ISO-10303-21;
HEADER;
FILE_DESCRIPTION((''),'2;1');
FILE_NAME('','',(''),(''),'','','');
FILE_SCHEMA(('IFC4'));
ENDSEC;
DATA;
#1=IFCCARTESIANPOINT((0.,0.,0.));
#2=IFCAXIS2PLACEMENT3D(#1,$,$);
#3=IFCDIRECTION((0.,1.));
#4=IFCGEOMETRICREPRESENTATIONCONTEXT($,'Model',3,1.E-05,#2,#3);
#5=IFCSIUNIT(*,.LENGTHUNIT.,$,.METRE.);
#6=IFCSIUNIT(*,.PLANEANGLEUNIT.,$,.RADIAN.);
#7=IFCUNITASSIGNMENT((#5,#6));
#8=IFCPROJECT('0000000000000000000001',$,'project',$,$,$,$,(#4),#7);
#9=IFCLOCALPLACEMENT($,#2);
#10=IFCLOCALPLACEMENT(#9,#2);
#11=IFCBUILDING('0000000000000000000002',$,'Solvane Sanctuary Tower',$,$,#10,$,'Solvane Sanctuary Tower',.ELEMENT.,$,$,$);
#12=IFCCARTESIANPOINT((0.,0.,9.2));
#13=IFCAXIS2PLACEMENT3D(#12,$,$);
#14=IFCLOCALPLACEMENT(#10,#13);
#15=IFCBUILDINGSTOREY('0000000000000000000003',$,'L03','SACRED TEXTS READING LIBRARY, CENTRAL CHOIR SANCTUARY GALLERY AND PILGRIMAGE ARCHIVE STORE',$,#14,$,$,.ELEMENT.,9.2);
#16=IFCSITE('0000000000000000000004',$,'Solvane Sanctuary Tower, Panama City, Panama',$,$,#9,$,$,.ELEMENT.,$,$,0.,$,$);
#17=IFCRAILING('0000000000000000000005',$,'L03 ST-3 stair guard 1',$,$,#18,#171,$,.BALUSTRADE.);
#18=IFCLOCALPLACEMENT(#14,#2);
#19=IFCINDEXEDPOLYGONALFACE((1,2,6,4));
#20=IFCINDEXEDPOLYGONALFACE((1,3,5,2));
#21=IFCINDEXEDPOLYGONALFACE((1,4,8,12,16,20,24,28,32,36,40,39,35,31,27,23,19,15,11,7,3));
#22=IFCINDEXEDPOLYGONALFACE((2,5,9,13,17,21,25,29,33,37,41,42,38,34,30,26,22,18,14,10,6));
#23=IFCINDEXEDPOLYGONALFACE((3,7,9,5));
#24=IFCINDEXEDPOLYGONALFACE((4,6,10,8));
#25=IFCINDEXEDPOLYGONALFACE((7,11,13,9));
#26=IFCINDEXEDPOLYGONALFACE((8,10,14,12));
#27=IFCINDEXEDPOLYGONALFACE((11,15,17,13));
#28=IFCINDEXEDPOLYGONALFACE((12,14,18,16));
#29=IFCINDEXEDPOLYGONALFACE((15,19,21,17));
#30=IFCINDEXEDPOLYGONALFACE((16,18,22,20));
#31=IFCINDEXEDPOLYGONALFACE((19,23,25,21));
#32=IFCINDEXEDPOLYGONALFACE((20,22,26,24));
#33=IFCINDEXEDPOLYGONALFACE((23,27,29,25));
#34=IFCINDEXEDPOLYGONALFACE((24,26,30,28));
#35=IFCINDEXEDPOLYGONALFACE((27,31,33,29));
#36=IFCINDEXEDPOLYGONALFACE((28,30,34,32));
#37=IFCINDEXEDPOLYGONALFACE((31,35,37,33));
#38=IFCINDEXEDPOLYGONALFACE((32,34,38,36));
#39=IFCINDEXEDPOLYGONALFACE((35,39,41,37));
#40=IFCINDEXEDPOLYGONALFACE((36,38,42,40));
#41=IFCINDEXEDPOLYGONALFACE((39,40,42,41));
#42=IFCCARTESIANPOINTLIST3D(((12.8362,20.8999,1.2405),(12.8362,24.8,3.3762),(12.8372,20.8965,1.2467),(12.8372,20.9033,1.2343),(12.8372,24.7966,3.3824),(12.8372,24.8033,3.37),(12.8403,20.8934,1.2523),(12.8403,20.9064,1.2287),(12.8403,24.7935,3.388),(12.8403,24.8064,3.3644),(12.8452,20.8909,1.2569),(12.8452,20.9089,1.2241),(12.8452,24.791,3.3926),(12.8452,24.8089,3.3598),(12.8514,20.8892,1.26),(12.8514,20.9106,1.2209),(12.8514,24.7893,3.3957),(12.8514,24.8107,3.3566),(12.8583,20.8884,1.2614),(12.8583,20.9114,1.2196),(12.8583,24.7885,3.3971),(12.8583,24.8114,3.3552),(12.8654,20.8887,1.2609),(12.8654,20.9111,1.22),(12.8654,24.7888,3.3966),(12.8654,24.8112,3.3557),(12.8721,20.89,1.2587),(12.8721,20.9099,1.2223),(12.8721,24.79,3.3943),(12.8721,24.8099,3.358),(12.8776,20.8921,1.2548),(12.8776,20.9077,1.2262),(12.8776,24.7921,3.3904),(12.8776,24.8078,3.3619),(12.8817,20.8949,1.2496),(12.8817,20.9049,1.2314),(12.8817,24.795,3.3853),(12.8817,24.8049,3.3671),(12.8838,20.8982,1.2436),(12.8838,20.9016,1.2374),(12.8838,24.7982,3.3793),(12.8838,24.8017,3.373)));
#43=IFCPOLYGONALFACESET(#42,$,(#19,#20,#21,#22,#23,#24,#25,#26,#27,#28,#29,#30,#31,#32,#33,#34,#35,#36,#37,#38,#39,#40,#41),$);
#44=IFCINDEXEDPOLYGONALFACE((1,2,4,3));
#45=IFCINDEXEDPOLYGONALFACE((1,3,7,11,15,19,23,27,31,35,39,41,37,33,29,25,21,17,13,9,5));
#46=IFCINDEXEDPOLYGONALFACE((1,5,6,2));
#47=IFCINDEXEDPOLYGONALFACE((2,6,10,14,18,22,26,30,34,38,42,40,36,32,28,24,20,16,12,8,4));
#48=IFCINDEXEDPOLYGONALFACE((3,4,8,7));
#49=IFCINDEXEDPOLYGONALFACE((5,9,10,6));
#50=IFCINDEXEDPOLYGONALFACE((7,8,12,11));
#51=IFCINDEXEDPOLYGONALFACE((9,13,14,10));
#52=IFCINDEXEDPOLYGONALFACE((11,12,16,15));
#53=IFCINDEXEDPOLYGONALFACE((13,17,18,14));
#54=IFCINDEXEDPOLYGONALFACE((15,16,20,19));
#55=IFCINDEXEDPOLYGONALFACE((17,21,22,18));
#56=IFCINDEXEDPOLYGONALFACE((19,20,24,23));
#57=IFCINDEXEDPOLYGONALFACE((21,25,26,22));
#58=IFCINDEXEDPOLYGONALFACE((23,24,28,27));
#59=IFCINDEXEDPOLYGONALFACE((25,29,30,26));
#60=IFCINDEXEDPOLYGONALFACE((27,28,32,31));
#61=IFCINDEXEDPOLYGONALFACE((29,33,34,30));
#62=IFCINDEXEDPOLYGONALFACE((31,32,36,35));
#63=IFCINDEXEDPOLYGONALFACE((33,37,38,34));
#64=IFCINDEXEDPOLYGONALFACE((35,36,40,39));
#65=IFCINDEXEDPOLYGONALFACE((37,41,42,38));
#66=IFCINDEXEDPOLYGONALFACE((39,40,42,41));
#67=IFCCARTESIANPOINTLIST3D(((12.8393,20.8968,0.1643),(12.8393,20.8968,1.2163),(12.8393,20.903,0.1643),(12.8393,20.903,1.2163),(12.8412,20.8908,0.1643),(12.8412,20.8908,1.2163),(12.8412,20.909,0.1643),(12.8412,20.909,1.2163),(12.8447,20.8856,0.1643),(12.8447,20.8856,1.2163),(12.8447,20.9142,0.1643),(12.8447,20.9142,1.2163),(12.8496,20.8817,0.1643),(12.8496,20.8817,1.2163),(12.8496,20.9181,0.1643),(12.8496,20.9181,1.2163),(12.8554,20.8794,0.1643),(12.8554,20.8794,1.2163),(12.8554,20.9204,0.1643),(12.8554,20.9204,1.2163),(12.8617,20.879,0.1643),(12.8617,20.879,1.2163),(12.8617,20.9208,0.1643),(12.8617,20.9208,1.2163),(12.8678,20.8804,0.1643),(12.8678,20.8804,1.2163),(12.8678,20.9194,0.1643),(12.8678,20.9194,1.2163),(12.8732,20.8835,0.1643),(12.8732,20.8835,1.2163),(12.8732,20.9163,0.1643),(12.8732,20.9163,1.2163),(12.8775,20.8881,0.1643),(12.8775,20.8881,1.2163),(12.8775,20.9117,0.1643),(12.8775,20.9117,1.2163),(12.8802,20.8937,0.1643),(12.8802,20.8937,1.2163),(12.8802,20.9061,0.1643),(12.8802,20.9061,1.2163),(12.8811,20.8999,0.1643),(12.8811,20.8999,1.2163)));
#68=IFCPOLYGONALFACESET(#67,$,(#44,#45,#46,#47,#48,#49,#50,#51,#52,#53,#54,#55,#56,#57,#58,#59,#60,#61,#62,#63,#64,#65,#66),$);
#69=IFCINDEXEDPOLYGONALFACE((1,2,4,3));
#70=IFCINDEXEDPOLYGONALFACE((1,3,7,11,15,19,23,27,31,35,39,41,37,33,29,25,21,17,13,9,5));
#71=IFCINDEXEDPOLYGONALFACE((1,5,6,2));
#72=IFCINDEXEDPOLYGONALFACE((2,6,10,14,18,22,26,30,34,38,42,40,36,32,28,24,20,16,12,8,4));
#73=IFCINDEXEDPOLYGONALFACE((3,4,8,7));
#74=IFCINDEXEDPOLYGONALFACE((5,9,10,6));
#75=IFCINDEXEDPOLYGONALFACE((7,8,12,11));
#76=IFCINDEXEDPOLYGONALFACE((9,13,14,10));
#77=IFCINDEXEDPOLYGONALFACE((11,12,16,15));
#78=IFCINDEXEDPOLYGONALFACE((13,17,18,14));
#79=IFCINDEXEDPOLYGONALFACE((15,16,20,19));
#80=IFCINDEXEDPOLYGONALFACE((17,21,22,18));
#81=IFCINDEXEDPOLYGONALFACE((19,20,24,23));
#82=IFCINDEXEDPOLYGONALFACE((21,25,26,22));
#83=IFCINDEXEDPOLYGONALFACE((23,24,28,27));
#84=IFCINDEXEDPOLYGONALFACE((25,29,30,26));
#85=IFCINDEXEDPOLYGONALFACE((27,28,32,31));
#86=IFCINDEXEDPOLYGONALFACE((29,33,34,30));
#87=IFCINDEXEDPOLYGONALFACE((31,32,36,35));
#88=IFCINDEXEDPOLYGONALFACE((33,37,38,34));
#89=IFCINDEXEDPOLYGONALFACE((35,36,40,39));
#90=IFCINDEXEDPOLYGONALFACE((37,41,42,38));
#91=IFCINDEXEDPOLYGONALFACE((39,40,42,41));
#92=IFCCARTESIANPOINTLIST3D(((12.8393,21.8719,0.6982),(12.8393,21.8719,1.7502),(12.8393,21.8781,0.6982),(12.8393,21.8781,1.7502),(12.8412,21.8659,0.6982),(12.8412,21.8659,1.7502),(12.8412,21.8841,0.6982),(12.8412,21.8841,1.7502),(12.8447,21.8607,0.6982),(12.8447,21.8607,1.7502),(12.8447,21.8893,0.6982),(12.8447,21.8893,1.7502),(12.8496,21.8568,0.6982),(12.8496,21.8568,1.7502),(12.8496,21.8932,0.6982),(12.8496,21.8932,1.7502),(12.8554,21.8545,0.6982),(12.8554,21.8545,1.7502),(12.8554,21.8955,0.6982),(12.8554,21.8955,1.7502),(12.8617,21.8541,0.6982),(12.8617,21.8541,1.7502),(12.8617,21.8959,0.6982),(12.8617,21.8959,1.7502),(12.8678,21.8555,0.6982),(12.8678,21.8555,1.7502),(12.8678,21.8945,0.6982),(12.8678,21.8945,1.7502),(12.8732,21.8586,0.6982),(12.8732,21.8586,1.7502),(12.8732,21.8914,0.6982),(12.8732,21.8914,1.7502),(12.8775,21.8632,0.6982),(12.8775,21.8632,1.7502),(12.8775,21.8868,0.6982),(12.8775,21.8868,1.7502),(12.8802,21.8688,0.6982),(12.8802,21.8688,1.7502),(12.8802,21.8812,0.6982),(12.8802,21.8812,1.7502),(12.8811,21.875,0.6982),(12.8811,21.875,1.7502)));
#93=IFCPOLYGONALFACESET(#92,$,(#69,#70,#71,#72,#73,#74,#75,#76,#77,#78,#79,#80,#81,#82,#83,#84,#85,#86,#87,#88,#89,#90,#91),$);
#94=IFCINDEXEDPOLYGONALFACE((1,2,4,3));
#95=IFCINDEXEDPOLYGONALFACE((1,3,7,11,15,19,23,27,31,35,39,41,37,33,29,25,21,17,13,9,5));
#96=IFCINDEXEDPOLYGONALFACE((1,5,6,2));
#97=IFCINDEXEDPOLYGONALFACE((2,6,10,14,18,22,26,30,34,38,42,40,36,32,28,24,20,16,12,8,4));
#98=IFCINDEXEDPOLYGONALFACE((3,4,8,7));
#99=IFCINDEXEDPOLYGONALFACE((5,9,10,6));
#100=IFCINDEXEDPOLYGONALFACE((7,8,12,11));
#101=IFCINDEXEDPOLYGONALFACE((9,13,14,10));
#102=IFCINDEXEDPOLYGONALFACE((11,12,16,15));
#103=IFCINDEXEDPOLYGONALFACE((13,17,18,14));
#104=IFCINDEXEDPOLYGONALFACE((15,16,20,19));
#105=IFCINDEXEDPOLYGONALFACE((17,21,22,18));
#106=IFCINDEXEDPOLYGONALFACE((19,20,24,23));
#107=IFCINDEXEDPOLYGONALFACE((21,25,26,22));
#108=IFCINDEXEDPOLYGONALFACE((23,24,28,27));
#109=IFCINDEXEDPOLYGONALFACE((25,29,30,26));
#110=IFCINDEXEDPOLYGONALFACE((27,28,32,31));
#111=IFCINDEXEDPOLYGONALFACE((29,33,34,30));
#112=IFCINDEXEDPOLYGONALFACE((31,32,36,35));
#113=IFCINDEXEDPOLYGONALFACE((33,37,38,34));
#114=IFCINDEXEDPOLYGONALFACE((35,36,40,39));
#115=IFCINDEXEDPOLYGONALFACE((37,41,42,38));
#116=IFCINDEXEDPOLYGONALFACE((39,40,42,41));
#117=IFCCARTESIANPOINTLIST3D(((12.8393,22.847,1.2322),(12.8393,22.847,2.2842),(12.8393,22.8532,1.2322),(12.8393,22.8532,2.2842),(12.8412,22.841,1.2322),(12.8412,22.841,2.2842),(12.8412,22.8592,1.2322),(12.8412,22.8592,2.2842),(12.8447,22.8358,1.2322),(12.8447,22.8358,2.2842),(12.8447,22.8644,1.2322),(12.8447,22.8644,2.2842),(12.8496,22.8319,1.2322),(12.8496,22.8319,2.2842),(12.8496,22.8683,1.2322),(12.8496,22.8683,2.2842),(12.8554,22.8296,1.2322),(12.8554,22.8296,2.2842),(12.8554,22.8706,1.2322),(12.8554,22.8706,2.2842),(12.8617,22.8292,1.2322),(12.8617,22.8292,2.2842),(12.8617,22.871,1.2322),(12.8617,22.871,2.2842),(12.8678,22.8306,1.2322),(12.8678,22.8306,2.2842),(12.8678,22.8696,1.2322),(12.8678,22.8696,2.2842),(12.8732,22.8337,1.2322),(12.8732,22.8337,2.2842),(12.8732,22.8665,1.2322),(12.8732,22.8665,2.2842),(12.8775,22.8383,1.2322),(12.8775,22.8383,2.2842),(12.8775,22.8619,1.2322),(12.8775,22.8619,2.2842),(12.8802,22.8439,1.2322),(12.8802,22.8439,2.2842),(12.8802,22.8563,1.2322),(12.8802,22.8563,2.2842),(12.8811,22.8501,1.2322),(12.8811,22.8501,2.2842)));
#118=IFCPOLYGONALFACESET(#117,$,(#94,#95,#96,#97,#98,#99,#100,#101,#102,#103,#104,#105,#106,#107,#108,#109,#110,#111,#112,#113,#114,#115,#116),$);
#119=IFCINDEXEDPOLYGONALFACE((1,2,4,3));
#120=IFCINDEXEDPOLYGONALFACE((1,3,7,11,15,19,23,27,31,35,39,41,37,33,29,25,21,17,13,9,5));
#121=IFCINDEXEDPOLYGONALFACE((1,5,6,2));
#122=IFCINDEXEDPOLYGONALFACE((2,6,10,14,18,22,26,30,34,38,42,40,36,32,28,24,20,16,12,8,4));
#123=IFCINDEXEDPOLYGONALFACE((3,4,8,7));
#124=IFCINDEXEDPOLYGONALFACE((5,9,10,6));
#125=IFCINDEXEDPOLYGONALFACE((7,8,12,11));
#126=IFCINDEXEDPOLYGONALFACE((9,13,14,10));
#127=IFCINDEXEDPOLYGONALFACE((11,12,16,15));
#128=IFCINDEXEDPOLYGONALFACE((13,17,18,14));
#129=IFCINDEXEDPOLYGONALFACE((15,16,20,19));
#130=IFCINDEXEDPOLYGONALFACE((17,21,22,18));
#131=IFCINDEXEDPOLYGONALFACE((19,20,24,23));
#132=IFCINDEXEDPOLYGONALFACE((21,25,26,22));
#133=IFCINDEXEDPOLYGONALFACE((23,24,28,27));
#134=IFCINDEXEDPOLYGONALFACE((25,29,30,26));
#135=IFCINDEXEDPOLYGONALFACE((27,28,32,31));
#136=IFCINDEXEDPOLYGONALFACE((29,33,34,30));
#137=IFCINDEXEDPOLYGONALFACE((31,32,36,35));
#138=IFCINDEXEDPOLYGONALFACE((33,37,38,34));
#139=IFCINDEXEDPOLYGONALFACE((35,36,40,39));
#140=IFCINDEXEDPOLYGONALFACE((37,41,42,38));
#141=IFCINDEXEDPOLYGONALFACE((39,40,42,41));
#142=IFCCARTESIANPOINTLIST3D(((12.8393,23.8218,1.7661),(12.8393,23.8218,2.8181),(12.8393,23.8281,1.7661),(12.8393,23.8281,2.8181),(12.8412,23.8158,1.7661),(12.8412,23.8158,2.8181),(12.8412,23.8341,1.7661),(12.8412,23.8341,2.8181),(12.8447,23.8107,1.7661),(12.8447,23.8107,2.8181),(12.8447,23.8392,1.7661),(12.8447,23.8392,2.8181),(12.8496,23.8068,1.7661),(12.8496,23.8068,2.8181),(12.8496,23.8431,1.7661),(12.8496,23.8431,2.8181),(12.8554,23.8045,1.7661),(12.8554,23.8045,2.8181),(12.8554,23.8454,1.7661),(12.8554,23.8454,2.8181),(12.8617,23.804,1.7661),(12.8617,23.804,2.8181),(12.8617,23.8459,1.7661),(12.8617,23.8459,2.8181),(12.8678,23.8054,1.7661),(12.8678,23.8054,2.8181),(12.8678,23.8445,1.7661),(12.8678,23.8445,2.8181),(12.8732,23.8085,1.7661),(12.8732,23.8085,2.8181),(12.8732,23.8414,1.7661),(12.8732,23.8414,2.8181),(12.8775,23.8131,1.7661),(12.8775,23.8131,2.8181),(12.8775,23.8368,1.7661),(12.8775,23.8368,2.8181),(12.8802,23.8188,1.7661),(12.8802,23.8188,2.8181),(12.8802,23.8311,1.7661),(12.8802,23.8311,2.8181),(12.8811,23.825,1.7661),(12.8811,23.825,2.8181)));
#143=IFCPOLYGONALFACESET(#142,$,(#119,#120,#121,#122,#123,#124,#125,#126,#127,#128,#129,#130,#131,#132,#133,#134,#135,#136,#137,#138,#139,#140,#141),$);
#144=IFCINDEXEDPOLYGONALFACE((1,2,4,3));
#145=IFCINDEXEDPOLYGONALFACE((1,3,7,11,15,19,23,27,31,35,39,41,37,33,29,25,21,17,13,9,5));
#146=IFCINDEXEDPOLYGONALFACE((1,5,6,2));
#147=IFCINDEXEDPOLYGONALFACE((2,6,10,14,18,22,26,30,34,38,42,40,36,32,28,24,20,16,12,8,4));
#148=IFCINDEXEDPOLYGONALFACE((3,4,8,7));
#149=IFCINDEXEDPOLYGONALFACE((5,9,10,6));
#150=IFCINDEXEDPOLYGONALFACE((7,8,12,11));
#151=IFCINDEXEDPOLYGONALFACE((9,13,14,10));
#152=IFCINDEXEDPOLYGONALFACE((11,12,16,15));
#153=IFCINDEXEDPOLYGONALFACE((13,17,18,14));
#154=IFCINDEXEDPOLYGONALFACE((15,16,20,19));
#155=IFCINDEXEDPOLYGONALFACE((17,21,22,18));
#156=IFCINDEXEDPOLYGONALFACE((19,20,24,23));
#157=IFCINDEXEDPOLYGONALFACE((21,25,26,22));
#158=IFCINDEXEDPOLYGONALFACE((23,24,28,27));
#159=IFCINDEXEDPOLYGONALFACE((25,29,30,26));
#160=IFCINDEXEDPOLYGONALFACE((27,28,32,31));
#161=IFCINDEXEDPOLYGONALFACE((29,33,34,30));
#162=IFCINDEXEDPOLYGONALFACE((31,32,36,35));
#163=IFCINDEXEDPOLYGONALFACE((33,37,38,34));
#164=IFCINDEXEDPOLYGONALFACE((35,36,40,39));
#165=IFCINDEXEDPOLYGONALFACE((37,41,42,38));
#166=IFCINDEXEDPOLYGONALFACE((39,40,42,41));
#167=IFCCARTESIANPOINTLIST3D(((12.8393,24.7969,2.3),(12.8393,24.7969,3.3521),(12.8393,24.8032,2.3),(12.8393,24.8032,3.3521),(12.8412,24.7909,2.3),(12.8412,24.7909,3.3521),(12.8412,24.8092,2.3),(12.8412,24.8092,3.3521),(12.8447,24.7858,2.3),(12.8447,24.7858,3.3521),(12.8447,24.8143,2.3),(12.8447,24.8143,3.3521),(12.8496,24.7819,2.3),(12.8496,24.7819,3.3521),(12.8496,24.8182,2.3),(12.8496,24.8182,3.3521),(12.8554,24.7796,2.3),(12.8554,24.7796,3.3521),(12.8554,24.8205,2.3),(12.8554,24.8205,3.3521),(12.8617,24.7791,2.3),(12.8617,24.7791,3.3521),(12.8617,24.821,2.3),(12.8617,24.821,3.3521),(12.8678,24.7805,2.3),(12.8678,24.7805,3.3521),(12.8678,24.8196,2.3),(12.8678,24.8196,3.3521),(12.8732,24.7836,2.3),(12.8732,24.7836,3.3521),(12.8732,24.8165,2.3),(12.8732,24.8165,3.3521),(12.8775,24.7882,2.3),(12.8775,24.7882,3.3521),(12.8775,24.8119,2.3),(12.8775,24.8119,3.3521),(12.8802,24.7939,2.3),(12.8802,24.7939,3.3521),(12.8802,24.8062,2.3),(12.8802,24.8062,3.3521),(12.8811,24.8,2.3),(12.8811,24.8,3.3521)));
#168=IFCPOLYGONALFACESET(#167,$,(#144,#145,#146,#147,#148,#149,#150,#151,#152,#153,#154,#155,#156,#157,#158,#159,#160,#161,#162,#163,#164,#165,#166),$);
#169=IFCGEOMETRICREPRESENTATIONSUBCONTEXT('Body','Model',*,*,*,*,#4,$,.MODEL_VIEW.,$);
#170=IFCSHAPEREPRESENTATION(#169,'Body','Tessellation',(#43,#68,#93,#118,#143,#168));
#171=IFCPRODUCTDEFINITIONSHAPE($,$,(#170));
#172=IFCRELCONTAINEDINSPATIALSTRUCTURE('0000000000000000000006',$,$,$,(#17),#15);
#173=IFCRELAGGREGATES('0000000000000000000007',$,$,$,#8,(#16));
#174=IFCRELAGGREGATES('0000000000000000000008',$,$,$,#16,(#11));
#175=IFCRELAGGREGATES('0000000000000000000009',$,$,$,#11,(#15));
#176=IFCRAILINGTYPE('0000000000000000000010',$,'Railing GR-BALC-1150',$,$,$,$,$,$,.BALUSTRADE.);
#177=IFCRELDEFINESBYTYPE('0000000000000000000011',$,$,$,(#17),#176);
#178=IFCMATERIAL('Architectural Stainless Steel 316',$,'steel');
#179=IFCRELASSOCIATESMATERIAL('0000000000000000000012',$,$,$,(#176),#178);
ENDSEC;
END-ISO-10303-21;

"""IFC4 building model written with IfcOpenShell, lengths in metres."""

from ifc_helpers import new_model, si_unit, direction, frame, origin, origin_2d, place, context, subcontext, project, spatial, circle, extrude, material, type_object, element, save


model = new_model("IFC4")

# Units and contexts
model_context = context("Model", 3, precision=1e-05, world=origin(), true_north=direction((0.0, 1.0)))
body_context = subcontext(model_context, "Body", "Model", "MODEL_VIEW")
ifc_project = project(units=[si_unit("LENGTHUNIT", "METRE"), si_unit("PLANEANGLEUNIT", "RADIAN")], contexts=[model_context])

# Site, building, storey
site_placement = place(None, origin())
site = spatial("IfcSite", under=ifc_project, at=site_placement, Name="Solvane Sanctuary Tower, Panama City, Panama", CompositionType="ELEMENT", RefElevation=0.0)
building_placement = place(site_placement, origin())
building = spatial("IfcBuilding", under=site, at=building_placement, Name="Solvane Sanctuary Tower", LongName="Solvane Sanctuary Tower", CompositionType="ELEMENT")
storey_placement = place(building_placement, frame((0.0, 0.0, 9.2)))
storey = spatial("IfcBuildingStorey", under=building, at=storey_placement, Name="L03", Description="SACRED TEXTS READING LIBRARY, CENTRAL CHOIR SANCTUARY GALLERY AND PILGRIMAGE ARCHIVE STORE", CompositionType="ELEMENT", Elevation=9.2)

# Railing
ifc_material_1 = material(Name="Architectural Stainless Steel 316", Category="steel")
railing_type_1 = type_object("IfcRailingType", Name="Railing GR-BALC-1150", PredefinedType="BALUSTRADE", material=ifc_material_1)
railing_1_placement = place(storey_placement, frame((12.8601, 20.8999, 0.1643)))
element("IfcRailing", 1, at=railing_1_placement, inside=storey, type_object=railing_type_1, Name="L03 ST-3 stair guard 1", PredefinedType="BALUSTRADE", context=body_context, shape_type="SweptSolid", body=[
    extrude(circle(Radius=0.0239, at=origin_2d()), frame((0.0, 0.0, 1.0762), z_axis=(0.0, 0.877101, 0.480306), x_axis=(-1.0, 0.0, 0.0)), (0.0, 0.0, 1.0), 4.4465),
    extrude(circle(Radius=0.021, at=origin_2d()), origin(), (0.0, 0.0, 1.0), 1.052),
    extrude(circle(Radius=0.021, at=origin_2d()), frame((0.0, 0.9751, 0.5339)), (0.0, 0.0, 1.0), 1.052),
    extrude(circle(Radius=0.021, at=origin_2d()), frame((0.0, 1.9502, 1.0679)), (0.0, 0.0, 1.0), 1.052),
    extrude(circle(Radius=0.021, at=origin_2d()), frame((0.0, 2.925, 1.6018)), (0.0, 0.0, 1.0), 1.052),
    extrude(circle(Radius=0.021, at=origin_2d()), frame((0.0, 3.9001, 2.1357)), (0.0, 0.0, 1.0), 1.052),
])

save(model, "model.ifc")
